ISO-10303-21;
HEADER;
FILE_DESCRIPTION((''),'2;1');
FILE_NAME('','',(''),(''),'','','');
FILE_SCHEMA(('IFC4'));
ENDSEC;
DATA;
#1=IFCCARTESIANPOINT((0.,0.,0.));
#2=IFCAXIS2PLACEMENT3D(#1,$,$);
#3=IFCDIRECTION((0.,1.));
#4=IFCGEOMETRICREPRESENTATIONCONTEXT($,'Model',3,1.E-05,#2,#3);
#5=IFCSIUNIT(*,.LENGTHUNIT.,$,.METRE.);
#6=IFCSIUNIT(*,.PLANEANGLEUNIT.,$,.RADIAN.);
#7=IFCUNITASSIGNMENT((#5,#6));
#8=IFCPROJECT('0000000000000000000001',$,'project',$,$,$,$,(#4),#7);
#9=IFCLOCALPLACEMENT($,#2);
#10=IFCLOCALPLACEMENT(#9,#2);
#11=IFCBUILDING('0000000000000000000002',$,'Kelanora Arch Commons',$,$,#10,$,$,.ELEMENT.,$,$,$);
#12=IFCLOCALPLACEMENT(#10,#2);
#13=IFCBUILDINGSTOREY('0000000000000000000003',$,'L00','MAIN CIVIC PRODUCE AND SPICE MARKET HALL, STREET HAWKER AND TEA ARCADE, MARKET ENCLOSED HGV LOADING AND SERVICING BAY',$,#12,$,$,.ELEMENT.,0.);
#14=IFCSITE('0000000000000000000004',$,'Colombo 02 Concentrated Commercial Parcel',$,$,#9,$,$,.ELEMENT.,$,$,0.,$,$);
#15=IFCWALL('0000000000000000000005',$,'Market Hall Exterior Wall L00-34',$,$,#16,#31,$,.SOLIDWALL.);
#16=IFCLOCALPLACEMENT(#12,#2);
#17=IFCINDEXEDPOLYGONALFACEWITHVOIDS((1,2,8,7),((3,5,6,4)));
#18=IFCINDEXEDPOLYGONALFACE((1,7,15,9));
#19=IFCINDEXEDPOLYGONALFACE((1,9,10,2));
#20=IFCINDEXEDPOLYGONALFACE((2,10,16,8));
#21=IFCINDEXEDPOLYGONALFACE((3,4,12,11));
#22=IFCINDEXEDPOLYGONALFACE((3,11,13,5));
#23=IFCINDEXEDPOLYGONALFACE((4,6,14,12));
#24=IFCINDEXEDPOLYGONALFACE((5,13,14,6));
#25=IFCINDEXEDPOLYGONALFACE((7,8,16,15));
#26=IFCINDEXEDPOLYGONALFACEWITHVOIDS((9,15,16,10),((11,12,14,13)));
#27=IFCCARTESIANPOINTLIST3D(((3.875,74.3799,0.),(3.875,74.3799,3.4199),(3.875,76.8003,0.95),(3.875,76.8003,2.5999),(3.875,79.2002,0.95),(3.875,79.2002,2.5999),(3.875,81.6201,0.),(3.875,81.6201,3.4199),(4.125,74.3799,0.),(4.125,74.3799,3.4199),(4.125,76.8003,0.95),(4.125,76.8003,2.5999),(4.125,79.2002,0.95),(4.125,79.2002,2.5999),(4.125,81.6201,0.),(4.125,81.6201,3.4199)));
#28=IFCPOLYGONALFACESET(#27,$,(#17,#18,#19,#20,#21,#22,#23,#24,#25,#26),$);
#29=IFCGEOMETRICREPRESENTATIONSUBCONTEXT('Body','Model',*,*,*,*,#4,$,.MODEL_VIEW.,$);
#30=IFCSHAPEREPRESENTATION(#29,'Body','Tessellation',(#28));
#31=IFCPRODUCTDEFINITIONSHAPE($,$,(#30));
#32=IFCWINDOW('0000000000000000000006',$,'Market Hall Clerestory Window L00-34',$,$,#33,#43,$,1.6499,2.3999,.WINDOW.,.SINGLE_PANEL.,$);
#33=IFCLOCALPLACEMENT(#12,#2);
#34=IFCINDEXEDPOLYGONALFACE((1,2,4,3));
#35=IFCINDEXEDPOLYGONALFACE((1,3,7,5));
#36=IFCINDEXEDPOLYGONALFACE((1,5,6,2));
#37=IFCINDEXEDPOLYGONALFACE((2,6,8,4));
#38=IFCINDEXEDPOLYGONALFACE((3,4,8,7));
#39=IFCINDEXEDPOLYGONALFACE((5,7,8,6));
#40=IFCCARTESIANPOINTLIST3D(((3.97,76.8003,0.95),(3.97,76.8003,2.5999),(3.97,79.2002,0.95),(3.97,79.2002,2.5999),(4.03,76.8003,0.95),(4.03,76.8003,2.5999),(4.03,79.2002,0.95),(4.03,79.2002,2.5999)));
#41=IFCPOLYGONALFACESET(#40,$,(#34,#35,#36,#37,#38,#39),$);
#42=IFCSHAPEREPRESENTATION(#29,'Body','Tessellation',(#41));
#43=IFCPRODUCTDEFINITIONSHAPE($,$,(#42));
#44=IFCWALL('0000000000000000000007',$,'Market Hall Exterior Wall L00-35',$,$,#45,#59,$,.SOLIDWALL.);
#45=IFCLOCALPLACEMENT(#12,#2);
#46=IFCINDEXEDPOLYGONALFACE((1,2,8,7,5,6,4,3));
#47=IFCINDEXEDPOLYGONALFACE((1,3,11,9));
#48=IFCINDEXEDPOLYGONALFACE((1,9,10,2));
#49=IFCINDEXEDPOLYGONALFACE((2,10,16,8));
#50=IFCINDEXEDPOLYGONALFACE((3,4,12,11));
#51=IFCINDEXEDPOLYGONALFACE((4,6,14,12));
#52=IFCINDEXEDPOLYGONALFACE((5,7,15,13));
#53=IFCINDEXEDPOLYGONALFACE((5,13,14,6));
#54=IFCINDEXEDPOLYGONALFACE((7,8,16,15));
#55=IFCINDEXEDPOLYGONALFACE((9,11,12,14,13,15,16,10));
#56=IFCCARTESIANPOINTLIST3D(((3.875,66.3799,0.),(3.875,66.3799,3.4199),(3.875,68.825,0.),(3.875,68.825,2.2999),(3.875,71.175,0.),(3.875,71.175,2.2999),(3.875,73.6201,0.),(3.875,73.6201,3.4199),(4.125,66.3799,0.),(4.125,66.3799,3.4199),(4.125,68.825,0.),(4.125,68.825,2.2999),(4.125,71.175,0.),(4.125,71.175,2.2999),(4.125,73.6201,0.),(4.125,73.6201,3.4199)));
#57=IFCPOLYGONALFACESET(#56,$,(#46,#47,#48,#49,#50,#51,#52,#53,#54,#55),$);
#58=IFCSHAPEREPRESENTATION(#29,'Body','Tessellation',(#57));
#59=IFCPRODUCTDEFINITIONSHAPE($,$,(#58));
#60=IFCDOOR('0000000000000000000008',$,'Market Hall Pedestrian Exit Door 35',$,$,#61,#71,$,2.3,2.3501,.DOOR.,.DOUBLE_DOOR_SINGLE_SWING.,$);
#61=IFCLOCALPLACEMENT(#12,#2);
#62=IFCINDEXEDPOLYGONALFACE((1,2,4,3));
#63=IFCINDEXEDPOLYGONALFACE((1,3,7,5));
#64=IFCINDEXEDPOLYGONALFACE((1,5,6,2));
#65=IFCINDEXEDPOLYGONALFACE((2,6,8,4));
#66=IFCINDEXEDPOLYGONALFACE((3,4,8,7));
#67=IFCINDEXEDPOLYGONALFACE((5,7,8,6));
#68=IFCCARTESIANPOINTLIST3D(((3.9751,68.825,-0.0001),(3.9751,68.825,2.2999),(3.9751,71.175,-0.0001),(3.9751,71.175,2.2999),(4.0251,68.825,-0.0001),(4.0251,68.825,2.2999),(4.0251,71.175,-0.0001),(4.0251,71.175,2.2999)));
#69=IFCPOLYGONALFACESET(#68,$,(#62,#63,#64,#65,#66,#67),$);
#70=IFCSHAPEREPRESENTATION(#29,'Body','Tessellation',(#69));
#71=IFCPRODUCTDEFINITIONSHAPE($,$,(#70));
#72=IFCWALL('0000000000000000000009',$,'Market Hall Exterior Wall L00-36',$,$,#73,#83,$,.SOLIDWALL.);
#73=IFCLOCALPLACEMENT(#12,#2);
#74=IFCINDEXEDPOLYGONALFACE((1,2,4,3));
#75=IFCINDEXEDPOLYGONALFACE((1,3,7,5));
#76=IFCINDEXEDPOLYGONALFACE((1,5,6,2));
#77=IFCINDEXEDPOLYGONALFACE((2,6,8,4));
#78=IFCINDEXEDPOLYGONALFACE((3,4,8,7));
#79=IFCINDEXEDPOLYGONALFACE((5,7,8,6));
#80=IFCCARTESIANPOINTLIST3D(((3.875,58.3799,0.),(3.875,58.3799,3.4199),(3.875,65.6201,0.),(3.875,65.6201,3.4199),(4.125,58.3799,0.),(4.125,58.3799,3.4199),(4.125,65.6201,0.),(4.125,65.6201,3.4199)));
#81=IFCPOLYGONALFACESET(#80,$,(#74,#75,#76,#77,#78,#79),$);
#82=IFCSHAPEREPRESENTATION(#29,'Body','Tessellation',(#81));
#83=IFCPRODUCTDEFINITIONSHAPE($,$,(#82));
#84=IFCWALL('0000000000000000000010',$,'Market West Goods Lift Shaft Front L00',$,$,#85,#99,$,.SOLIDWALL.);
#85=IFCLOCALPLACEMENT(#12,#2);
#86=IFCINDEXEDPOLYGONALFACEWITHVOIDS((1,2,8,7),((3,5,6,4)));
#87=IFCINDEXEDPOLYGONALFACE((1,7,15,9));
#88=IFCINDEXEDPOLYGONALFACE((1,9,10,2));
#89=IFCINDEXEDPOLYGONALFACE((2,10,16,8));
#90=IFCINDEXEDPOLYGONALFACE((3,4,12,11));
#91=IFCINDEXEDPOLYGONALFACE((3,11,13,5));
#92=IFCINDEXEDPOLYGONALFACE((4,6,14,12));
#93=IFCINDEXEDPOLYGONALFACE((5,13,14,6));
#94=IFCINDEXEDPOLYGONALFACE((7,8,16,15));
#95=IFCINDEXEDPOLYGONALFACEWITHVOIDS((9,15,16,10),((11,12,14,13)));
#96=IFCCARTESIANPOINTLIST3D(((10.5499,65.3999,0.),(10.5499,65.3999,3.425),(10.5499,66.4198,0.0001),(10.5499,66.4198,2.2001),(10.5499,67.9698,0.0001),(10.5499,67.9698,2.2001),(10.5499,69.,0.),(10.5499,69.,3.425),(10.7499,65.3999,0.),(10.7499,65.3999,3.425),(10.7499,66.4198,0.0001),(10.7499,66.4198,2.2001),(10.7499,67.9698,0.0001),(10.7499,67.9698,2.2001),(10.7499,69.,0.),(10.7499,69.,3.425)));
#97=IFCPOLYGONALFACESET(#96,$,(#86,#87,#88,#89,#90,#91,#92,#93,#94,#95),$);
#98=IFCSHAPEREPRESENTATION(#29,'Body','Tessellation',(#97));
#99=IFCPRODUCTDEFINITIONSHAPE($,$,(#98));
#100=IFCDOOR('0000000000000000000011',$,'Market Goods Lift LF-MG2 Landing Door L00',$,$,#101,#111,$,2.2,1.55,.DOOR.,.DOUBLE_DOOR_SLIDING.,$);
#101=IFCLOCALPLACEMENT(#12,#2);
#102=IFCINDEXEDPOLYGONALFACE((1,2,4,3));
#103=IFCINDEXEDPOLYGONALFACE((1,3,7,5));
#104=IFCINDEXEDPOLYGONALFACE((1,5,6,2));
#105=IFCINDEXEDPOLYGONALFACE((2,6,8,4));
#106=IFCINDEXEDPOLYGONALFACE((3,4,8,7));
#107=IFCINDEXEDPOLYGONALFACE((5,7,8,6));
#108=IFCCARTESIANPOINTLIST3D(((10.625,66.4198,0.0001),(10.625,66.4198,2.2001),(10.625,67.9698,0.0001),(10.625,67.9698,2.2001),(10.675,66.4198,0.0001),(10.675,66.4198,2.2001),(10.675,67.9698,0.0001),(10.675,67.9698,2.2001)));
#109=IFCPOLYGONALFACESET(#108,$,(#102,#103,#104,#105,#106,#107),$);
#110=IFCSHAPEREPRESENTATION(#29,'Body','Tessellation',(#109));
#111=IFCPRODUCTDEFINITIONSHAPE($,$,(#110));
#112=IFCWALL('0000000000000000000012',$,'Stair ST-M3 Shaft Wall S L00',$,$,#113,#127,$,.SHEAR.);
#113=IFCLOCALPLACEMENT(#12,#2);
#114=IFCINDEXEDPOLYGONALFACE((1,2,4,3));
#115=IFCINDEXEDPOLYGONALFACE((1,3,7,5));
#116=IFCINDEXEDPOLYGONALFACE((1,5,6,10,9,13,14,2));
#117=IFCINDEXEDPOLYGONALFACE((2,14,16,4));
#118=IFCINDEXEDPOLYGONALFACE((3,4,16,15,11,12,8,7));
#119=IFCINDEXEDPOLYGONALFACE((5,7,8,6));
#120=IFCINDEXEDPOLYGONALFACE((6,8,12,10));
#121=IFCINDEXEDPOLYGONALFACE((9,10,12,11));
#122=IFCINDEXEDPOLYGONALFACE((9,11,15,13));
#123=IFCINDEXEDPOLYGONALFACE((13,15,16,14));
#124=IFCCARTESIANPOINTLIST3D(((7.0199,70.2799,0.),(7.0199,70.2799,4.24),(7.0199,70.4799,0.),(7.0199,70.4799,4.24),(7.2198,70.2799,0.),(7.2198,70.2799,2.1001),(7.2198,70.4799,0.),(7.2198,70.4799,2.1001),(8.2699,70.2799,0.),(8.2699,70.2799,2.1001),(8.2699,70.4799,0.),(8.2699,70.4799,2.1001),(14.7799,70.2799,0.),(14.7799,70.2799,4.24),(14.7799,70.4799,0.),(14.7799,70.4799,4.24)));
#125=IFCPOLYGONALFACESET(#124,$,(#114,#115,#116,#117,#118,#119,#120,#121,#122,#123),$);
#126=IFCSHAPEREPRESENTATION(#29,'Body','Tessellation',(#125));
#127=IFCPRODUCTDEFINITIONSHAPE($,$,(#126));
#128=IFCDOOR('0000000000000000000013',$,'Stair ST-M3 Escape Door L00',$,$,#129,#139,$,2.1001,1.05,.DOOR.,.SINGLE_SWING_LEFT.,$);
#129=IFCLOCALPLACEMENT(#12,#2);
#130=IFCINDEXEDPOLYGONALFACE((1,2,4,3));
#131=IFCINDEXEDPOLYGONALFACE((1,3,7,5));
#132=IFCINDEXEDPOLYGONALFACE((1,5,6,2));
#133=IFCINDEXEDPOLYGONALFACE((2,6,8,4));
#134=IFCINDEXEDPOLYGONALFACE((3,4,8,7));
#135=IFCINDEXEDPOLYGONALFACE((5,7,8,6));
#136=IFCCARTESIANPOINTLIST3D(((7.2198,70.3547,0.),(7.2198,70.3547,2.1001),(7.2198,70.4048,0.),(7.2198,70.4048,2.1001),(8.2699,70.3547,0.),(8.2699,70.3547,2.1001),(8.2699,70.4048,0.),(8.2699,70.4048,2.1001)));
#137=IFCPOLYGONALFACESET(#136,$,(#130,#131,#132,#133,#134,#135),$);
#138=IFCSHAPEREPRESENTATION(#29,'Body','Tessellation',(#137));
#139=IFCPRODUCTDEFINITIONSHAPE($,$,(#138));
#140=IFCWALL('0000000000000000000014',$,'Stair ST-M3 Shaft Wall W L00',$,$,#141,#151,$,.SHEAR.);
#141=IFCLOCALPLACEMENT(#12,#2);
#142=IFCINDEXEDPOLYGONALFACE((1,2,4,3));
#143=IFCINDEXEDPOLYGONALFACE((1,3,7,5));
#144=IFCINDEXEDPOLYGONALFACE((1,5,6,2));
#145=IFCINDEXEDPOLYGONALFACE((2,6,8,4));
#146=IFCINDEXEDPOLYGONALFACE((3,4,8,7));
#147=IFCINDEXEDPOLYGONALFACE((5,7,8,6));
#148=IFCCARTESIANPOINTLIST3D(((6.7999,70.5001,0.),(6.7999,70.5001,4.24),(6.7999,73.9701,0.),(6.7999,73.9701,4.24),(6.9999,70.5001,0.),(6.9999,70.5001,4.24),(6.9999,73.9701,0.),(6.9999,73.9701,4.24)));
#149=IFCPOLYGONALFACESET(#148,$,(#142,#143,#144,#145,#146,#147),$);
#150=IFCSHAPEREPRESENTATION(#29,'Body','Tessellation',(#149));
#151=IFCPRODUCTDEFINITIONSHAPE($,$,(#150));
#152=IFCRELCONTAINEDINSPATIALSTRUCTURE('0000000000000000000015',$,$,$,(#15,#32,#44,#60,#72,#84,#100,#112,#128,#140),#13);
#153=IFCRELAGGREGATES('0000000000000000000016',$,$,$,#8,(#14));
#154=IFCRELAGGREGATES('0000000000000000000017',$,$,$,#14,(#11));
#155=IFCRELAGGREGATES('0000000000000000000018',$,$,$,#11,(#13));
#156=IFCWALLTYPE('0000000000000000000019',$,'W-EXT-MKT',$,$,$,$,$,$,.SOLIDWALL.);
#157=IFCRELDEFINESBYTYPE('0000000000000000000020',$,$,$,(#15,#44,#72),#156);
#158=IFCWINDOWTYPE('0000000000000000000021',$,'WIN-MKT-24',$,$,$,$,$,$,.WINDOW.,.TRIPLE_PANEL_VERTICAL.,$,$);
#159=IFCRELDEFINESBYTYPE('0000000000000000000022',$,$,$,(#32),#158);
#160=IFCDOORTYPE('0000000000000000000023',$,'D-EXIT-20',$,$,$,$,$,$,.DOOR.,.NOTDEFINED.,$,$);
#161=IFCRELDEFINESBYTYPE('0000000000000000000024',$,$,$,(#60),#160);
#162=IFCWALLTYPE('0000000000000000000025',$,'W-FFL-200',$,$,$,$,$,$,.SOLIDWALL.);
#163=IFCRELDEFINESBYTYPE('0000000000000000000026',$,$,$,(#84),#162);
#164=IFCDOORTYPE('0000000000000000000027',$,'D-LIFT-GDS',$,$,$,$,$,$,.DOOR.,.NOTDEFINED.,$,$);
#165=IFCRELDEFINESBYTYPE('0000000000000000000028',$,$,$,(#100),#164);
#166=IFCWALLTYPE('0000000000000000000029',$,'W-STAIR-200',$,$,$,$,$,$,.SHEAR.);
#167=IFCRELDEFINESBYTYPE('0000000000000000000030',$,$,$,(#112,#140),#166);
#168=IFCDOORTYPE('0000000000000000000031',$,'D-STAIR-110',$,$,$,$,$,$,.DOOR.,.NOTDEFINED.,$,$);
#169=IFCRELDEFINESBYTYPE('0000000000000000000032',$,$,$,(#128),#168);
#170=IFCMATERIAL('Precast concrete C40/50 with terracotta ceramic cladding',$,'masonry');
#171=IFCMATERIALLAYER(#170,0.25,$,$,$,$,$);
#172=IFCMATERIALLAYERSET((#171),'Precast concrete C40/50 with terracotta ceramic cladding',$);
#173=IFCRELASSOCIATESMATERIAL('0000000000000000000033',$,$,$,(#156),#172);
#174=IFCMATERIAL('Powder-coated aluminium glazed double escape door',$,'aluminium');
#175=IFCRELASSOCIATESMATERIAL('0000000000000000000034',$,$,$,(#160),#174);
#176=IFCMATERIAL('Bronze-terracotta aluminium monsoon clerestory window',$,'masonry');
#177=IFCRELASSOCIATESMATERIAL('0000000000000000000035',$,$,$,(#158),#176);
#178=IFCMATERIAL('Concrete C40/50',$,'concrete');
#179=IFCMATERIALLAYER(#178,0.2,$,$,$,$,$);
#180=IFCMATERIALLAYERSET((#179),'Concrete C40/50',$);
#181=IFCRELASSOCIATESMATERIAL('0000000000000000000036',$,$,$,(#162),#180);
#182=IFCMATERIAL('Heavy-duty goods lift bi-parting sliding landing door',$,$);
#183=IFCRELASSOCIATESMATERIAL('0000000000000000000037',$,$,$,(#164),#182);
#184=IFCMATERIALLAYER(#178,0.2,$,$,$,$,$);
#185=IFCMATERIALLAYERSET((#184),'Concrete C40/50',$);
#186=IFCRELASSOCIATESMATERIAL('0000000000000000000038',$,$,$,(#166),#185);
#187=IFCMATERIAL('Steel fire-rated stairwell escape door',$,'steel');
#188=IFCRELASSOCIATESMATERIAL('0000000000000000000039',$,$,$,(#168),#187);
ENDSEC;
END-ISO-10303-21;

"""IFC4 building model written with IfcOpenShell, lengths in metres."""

from ifc_helpers import new_model, si_unit, direction, frame, frame_2d, origin, place, context, subcontext, project, spatial, rectangle, extrude, material, layer, layer_set, type_object, element, fill, save


model = new_model("IFC4")

# Units and contexts
model_context = context("Model", 3, precision=1e-05, world=origin(), true_north=direction((0.0, 1.0)))
body_context = subcontext(model_context, "Body", "Model", "MODEL_VIEW")
ifc_project = project(units=[si_unit("LENGTHUNIT", "METRE"), si_unit("PLANEANGLEUNIT", "RADIAN")], contexts=[model_context])

# Site, building, storey
site_placement = place(None, origin())
site = spatial("IfcSite", under=ifc_project, at=site_placement, Name="Colombo 02 Concentrated Commercial Parcel", CompositionType="ELEMENT", RefElevation=0.0)
building_placement = place(site_placement, origin())
building = spatial("IfcBuilding", under=site, at=building_placement, Name="Kelanora Arch Commons", CompositionType="ELEMENT")
storey_placement = place(building_placement, origin())
storey = spatial("IfcBuildingStorey", under=building, at=storey_placement, Name="L00", Description="MAIN CIVIC PRODUCE AND SPICE MARKET HALL, STREET HAWKER AND TEA ARCADE, MARKET ENCLOSED HGV LOADING AND SERVICING BAY", CompositionType="ELEMENT", Elevation=0.0)

# Shared definitions
ifc_material_1 = material(Name="Concrete C40/50", Category="concrete")

# Shared definitions
ifc_material_2 = material(Name="Precast concrete C40/50 with terracotta ceramic cladding", Category="masonry")
ifc_layer_1 = layer(ifc_material_2, 0.25)
ifc_layer_set_1 = layer_set([ifc_layer_1], Name="Precast concrete C40/50 with terracotta ceramic cladding")
wall_type_1 = type_object("IfcWallType", Name="W-EXT-MKT", PredefinedType="SOLIDWALL", material=ifc_layer_set_1)
ifc_material_3 = material(Name="Powder-coated aluminium glazed double escape door", Category="aluminium")
door_type_1 = type_object("IfcDoorType", Name="D-EXIT-20", OperationType="NOTDEFINED", PredefinedType="DOOR", material=ifc_material_3)

# Wall, opening, window
wall_1_placement = place(storey_placement, frame((4.0, 81.6201, 0.0), z_axis=(0.0, 0.0, 1.0), x_axis=(0.0, -1.0, 0.0)))
wall_1 = element("IfcWall", 1, at=wall_1_placement, inside=storey, type_object=wall_type_1, Name="Market Hall Exterior Wall L00-34", PredefinedType="SOLIDWALL", context=body_context, shape_type="SweptSolid", body=[
    extrude(rectangle(XDim=7.2402, YDim=0.25, at=frame_2d((3.6201, 0.0))), origin(), (0.0, 0.0, 1.0), 3.4199),
])
opening_1_placement = place(wall_1_placement, frame((2.4199, 0.0, 0.95)))
opening_1 = element("IfcOpeningElement", 2, at=opening_1_placement, cuts=wall_1, PredefinedType="OPENING", context=body_context, shape_type="SweptSolid", body=[
    extrude(rectangle(XDim=2.3999, YDim=1.6499, at=frame_2d((1.2, 0.825))), frame((0.0, 0.135, 0.0), z_axis=(0.0, -1.0, 0.0), x_axis=(1.0, 0.0, 0.0)), (0.0, 0.0, 1.0), 0.27),
])
ifc_material_4 = material(Name="Bronze-terracotta aluminium monsoon clerestory window", Category="masonry")
window_type = type_object("IfcWindowType", Name="WIN-MKT-24", PartitioningType="TRIPLE_PANEL_VERTICAL", PredefinedType="WINDOW", material=ifc_material_4)
window_placement = place(opening_1_placement, origin())
window = element("IfcWindow", 3, at=window_placement, inside=storey, type_object=window_type, Name="Market Hall Clerestory Window L00-34", OverallHeight=1.6499, OverallWidth=2.3999, PartitioningType="SINGLE_PANEL", PredefinedType="WINDOW", context=body_context, shape_type="SweptSolid", body=[
    extrude(rectangle(XDim=2.3999, YDim=1.6499, at=frame_2d((1.2, 0.825))), frame((0.0, 0.03, 0.0), z_axis=(0.0, -1.0, 0.0), x_axis=(1.0, 0.0, 0.0)), (0.0, 0.0, 1.0), 0.0601),
])
fill(opening_1, window)

# Wall, opening, door
wall_2_placement = place(storey_placement, frame((4.0, 73.6201, 0.0), z_axis=(0.0, 0.0, 1.0), x_axis=(0.0, -1.0, 0.0)))
wall_2 = element("IfcWall", 4, at=wall_2_placement, inside=storey, type_object=wall_type_1, Name="Market Hall Exterior Wall L00-35", PredefinedType="SOLIDWALL", context=body_context, shape_type="SweptSolid", body=[
    extrude(rectangle(XDim=7.2402, YDim=0.25, at=frame_2d((3.6201, 0.0))), origin(), (0.0, 0.0, 1.0), 3.4199),
])
opening_2_placement = place(wall_2_placement, frame((2.4451, 0.0, 0.0)))
opening_2 = element("IfcOpeningElement", 5, at=opening_2_placement, cuts=wall_2, PredefinedType="OPENING", context=body_context, shape_type="SweptSolid", body=[
    extrude(rectangle(XDim=2.3501, YDim=2.3, at=frame_2d((1.175, 1.1499))), frame((0.0, 0.135, 0.0), z_axis=(0.0, -1.0, 0.0), x_axis=(1.0, 0.0, 0.0)), (0.0, 0.0, 1.0), 0.27),
])
door_1_placement = place(opening_2_placement, frame((2.3501, 0.0, 0.0), z_axis=(0.0, 0.0, 1.0), x_axis=(-1.0, 0.0, 0.0)))
door_1 = element("IfcDoor", 6, at=door_1_placement, inside=storey, type_object=door_type_1, Name="Market Hall Pedestrian Exit Door 35", OperationType="DOUBLE_DOOR_SINGLE_SWING", OverallHeight=2.3, OverallWidth=2.3501, PredefinedType="DOOR", context=body_context, shape_type="SweptSolid", body=[
    extrude(rectangle(XDim=2.3501, YDim=2.3, at=frame_2d((1.175, 1.1499))), frame((0.0, 0.0249, 0.0), z_axis=(0.0, -1.0, 0.0), x_axis=(1.0, 0.0, 0.0)), (0.0, 0.0, 1.0), 0.05),
])
fill(opening_2, door_1)

# Wall
wall_3_placement = place(storey_placement, frame((4.0, 65.6201, 0.0), z_axis=(0.0, 0.0, 1.0), x_axis=(0.0, -1.0, 0.0)))
element("IfcWall", 7, at=wall_3_placement, inside=storey, type_object=wall_type_1, Name="Market Hall Exterior Wall L00-36", PredefinedType="SOLIDWALL", context=body_context, shape_type="SweptSolid", body=[
    extrude(rectangle(XDim=7.2402, YDim=0.25, at=frame_2d((3.6201, 0.0))), origin(), (0.0, 0.0, 1.0), 3.4199),
])

# Walls, openings, doors
ifc_layer_2 = layer(ifc_material_1, 0.2)
ifc_layer_set_2 = layer_set([ifc_layer_2], Name="Concrete C40/50")
wall_type_2 = type_object("IfcWallType", Name="W-FFL-200", PredefinedType="SOLIDWALL", material=ifc_layer_set_2)
wall_4_placement = place(storey_placement, frame((10.6499, 65.3999, 0.0), z_axis=(0.0, 0.0, 1.0), x_axis=(0.0, 1.0, 0.0)))
wall_4 = element("IfcWall", 8, at=wall_4_placement, inside=storey, type_object=wall_type_2, Name="Market West Goods Lift Shaft Front L00", PredefinedType="SOLIDWALL", context=body_context, shape_type="SweptSolid", body=[
    extrude(rectangle(XDim=3.6001, YDim=0.2, at=frame_2d((1.8, 0.0))), origin(), (0.0, 0.0, 1.0), 3.425),
])
opening_3_placement = place(wall_4_placement, frame((1.02, 0.0, 0.0)))
opening_3 = element("IfcOpeningElement", 9, at=opening_3_placement, cuts=wall_4, PredefinedType="OPENING", context=body_context, shape_type="SweptSolid", body=[
    extrude(rectangle(XDim=1.55, YDim=2.2, at=frame_2d((0.7749, 1.1001))), frame((0.0, 0.1099, 0.0), z_axis=(0.0, -1.0, 0.0), x_axis=(1.0, 0.0, 0.0)), (0.0, 0.0, 1.0), 0.22),
])
ifc_material_5 = material(Name="Heavy-duty goods lift bi-parting sliding landing door")
door_type_2 = type_object("IfcDoorType", Name="D-LIFT-GDS", OperationType="NOTDEFINED", PredefinedType="DOOR", material=ifc_material_5)
door_2_placement = place(opening_3_placement, origin())
door_2 = element("IfcDoor", 10, at=door_2_placement, inside=storey, type_object=door_type_2, Name="Market Goods Lift LF-MG2 Landing Door L00", OperationType="DOUBLE_DOOR_SLIDING", OverallHeight=2.2, OverallWidth=1.55, PredefinedType="DOOR", context=body_context, shape_type="SweptSolid", body=[
    extrude(rectangle(XDim=1.55, YDim=2.2, at=frame_2d((0.7749, 1.1001))), frame((0.0, 0.0249, 0.0), z_axis=(0.0, -1.0, 0.0), x_axis=(1.0, 0.0, 0.0)), (0.0, 0.0, 1.0), 0.05),
])
fill(opening_3, door_2)
ifc_layer_3 = layer(ifc_material_1, 0.2)
ifc_layer_set_3 = layer_set([ifc_layer_3], Name="Concrete C40/50")
wall_type_3 = type_object("IfcWallType", Name="W-STAIR-200", PredefinedType="SHEAR", material=ifc_layer_set_3)
wall_5_placement = place(storey_placement, frame((7.02, 70.3799, 0.0), z_axis=(0.0, 0.0, 1.0), x_axis=(1.0, 0.0, 0.0)))
wall_5 = element("IfcWall", 11, at=wall_5_placement, inside=storey, type_object=wall_type_3, Name="Stair ST-M3 Shaft Wall S L00", PredefinedType="SHEAR", context=body_context, shape_type="SweptSolid", body=[
    extrude(rectangle(XDim=7.76, YDim=0.2, at=frame_2d((3.8799, 0.0))), origin(), (0.0, 0.0, 1.0), 4.24),
])
opening_4_placement = place(wall_5_placement, frame((0.2, 0.0, 0.0)))
opening_4 = element("IfcOpeningElement", 12, at=opening_4_placement, cuts=wall_5, PredefinedType="OPENING", context=body_context, shape_type="SweptSolid", body=[
    extrude(rectangle(XDim=1.05, YDim=2.1001, at=frame_2d((0.5249, 1.05))), frame((0.0, 0.1099, 0.0), z_axis=(0.0, -1.0, 0.0), x_axis=(1.0, 0.0, 0.0)), (0.0, 0.0, 1.0), 0.22),
])
ifc_material_6 = material(Name="Steel fire-rated stairwell escape door", Category="steel")
door_type_3 = type_object("IfcDoorType", Name="D-STAIR-110", OperationType="NOTDEFINED", PredefinedType="DOOR", material=ifc_material_6)
door_3_placement = place(opening_4_placement, origin())
door_3 = element("IfcDoor", 13, at=door_3_placement, inside=storey, type_object=door_type_3, Name="Stair ST-M3 Escape Door L00", OperationType="SINGLE_SWING_LEFT", OverallHeight=2.1001, OverallWidth=1.05, PredefinedType="DOOR", context=body_context, shape_type="SweptSolid", body=[
    extrude(rectangle(XDim=1.05, YDim=2.1001, at=frame_2d((0.5249, 1.05))), frame((0.0, 0.0249, 0.0), z_axis=(0.0, -1.0, 0.0), x_axis=(1.0, 0.0, 0.0)), (0.0, 0.0, 1.0), 0.05),
])
fill(opening_4, door_3)

# Wall
wall_6_placement = place(storey_placement, frame((6.8999, 73.97, 0.0), z_axis=(0.0, 0.0, 1.0), x_axis=(0.0, -1.0, 0.0)))
element("IfcWall", 14, at=wall_6_placement, inside=storey, type_object=wall_type_3, Name="Stair ST-M3 Shaft Wall W L00", PredefinedType="SHEAR", context=body_context, shape_type="SweptSolid", body=[
    extrude(rectangle(XDim=3.47, YDim=0.2, at=frame_2d((1.7349, 0.0))), origin(), (0.0, 0.0, 1.0), 4.24),
])

save(model, "model.ifc")
